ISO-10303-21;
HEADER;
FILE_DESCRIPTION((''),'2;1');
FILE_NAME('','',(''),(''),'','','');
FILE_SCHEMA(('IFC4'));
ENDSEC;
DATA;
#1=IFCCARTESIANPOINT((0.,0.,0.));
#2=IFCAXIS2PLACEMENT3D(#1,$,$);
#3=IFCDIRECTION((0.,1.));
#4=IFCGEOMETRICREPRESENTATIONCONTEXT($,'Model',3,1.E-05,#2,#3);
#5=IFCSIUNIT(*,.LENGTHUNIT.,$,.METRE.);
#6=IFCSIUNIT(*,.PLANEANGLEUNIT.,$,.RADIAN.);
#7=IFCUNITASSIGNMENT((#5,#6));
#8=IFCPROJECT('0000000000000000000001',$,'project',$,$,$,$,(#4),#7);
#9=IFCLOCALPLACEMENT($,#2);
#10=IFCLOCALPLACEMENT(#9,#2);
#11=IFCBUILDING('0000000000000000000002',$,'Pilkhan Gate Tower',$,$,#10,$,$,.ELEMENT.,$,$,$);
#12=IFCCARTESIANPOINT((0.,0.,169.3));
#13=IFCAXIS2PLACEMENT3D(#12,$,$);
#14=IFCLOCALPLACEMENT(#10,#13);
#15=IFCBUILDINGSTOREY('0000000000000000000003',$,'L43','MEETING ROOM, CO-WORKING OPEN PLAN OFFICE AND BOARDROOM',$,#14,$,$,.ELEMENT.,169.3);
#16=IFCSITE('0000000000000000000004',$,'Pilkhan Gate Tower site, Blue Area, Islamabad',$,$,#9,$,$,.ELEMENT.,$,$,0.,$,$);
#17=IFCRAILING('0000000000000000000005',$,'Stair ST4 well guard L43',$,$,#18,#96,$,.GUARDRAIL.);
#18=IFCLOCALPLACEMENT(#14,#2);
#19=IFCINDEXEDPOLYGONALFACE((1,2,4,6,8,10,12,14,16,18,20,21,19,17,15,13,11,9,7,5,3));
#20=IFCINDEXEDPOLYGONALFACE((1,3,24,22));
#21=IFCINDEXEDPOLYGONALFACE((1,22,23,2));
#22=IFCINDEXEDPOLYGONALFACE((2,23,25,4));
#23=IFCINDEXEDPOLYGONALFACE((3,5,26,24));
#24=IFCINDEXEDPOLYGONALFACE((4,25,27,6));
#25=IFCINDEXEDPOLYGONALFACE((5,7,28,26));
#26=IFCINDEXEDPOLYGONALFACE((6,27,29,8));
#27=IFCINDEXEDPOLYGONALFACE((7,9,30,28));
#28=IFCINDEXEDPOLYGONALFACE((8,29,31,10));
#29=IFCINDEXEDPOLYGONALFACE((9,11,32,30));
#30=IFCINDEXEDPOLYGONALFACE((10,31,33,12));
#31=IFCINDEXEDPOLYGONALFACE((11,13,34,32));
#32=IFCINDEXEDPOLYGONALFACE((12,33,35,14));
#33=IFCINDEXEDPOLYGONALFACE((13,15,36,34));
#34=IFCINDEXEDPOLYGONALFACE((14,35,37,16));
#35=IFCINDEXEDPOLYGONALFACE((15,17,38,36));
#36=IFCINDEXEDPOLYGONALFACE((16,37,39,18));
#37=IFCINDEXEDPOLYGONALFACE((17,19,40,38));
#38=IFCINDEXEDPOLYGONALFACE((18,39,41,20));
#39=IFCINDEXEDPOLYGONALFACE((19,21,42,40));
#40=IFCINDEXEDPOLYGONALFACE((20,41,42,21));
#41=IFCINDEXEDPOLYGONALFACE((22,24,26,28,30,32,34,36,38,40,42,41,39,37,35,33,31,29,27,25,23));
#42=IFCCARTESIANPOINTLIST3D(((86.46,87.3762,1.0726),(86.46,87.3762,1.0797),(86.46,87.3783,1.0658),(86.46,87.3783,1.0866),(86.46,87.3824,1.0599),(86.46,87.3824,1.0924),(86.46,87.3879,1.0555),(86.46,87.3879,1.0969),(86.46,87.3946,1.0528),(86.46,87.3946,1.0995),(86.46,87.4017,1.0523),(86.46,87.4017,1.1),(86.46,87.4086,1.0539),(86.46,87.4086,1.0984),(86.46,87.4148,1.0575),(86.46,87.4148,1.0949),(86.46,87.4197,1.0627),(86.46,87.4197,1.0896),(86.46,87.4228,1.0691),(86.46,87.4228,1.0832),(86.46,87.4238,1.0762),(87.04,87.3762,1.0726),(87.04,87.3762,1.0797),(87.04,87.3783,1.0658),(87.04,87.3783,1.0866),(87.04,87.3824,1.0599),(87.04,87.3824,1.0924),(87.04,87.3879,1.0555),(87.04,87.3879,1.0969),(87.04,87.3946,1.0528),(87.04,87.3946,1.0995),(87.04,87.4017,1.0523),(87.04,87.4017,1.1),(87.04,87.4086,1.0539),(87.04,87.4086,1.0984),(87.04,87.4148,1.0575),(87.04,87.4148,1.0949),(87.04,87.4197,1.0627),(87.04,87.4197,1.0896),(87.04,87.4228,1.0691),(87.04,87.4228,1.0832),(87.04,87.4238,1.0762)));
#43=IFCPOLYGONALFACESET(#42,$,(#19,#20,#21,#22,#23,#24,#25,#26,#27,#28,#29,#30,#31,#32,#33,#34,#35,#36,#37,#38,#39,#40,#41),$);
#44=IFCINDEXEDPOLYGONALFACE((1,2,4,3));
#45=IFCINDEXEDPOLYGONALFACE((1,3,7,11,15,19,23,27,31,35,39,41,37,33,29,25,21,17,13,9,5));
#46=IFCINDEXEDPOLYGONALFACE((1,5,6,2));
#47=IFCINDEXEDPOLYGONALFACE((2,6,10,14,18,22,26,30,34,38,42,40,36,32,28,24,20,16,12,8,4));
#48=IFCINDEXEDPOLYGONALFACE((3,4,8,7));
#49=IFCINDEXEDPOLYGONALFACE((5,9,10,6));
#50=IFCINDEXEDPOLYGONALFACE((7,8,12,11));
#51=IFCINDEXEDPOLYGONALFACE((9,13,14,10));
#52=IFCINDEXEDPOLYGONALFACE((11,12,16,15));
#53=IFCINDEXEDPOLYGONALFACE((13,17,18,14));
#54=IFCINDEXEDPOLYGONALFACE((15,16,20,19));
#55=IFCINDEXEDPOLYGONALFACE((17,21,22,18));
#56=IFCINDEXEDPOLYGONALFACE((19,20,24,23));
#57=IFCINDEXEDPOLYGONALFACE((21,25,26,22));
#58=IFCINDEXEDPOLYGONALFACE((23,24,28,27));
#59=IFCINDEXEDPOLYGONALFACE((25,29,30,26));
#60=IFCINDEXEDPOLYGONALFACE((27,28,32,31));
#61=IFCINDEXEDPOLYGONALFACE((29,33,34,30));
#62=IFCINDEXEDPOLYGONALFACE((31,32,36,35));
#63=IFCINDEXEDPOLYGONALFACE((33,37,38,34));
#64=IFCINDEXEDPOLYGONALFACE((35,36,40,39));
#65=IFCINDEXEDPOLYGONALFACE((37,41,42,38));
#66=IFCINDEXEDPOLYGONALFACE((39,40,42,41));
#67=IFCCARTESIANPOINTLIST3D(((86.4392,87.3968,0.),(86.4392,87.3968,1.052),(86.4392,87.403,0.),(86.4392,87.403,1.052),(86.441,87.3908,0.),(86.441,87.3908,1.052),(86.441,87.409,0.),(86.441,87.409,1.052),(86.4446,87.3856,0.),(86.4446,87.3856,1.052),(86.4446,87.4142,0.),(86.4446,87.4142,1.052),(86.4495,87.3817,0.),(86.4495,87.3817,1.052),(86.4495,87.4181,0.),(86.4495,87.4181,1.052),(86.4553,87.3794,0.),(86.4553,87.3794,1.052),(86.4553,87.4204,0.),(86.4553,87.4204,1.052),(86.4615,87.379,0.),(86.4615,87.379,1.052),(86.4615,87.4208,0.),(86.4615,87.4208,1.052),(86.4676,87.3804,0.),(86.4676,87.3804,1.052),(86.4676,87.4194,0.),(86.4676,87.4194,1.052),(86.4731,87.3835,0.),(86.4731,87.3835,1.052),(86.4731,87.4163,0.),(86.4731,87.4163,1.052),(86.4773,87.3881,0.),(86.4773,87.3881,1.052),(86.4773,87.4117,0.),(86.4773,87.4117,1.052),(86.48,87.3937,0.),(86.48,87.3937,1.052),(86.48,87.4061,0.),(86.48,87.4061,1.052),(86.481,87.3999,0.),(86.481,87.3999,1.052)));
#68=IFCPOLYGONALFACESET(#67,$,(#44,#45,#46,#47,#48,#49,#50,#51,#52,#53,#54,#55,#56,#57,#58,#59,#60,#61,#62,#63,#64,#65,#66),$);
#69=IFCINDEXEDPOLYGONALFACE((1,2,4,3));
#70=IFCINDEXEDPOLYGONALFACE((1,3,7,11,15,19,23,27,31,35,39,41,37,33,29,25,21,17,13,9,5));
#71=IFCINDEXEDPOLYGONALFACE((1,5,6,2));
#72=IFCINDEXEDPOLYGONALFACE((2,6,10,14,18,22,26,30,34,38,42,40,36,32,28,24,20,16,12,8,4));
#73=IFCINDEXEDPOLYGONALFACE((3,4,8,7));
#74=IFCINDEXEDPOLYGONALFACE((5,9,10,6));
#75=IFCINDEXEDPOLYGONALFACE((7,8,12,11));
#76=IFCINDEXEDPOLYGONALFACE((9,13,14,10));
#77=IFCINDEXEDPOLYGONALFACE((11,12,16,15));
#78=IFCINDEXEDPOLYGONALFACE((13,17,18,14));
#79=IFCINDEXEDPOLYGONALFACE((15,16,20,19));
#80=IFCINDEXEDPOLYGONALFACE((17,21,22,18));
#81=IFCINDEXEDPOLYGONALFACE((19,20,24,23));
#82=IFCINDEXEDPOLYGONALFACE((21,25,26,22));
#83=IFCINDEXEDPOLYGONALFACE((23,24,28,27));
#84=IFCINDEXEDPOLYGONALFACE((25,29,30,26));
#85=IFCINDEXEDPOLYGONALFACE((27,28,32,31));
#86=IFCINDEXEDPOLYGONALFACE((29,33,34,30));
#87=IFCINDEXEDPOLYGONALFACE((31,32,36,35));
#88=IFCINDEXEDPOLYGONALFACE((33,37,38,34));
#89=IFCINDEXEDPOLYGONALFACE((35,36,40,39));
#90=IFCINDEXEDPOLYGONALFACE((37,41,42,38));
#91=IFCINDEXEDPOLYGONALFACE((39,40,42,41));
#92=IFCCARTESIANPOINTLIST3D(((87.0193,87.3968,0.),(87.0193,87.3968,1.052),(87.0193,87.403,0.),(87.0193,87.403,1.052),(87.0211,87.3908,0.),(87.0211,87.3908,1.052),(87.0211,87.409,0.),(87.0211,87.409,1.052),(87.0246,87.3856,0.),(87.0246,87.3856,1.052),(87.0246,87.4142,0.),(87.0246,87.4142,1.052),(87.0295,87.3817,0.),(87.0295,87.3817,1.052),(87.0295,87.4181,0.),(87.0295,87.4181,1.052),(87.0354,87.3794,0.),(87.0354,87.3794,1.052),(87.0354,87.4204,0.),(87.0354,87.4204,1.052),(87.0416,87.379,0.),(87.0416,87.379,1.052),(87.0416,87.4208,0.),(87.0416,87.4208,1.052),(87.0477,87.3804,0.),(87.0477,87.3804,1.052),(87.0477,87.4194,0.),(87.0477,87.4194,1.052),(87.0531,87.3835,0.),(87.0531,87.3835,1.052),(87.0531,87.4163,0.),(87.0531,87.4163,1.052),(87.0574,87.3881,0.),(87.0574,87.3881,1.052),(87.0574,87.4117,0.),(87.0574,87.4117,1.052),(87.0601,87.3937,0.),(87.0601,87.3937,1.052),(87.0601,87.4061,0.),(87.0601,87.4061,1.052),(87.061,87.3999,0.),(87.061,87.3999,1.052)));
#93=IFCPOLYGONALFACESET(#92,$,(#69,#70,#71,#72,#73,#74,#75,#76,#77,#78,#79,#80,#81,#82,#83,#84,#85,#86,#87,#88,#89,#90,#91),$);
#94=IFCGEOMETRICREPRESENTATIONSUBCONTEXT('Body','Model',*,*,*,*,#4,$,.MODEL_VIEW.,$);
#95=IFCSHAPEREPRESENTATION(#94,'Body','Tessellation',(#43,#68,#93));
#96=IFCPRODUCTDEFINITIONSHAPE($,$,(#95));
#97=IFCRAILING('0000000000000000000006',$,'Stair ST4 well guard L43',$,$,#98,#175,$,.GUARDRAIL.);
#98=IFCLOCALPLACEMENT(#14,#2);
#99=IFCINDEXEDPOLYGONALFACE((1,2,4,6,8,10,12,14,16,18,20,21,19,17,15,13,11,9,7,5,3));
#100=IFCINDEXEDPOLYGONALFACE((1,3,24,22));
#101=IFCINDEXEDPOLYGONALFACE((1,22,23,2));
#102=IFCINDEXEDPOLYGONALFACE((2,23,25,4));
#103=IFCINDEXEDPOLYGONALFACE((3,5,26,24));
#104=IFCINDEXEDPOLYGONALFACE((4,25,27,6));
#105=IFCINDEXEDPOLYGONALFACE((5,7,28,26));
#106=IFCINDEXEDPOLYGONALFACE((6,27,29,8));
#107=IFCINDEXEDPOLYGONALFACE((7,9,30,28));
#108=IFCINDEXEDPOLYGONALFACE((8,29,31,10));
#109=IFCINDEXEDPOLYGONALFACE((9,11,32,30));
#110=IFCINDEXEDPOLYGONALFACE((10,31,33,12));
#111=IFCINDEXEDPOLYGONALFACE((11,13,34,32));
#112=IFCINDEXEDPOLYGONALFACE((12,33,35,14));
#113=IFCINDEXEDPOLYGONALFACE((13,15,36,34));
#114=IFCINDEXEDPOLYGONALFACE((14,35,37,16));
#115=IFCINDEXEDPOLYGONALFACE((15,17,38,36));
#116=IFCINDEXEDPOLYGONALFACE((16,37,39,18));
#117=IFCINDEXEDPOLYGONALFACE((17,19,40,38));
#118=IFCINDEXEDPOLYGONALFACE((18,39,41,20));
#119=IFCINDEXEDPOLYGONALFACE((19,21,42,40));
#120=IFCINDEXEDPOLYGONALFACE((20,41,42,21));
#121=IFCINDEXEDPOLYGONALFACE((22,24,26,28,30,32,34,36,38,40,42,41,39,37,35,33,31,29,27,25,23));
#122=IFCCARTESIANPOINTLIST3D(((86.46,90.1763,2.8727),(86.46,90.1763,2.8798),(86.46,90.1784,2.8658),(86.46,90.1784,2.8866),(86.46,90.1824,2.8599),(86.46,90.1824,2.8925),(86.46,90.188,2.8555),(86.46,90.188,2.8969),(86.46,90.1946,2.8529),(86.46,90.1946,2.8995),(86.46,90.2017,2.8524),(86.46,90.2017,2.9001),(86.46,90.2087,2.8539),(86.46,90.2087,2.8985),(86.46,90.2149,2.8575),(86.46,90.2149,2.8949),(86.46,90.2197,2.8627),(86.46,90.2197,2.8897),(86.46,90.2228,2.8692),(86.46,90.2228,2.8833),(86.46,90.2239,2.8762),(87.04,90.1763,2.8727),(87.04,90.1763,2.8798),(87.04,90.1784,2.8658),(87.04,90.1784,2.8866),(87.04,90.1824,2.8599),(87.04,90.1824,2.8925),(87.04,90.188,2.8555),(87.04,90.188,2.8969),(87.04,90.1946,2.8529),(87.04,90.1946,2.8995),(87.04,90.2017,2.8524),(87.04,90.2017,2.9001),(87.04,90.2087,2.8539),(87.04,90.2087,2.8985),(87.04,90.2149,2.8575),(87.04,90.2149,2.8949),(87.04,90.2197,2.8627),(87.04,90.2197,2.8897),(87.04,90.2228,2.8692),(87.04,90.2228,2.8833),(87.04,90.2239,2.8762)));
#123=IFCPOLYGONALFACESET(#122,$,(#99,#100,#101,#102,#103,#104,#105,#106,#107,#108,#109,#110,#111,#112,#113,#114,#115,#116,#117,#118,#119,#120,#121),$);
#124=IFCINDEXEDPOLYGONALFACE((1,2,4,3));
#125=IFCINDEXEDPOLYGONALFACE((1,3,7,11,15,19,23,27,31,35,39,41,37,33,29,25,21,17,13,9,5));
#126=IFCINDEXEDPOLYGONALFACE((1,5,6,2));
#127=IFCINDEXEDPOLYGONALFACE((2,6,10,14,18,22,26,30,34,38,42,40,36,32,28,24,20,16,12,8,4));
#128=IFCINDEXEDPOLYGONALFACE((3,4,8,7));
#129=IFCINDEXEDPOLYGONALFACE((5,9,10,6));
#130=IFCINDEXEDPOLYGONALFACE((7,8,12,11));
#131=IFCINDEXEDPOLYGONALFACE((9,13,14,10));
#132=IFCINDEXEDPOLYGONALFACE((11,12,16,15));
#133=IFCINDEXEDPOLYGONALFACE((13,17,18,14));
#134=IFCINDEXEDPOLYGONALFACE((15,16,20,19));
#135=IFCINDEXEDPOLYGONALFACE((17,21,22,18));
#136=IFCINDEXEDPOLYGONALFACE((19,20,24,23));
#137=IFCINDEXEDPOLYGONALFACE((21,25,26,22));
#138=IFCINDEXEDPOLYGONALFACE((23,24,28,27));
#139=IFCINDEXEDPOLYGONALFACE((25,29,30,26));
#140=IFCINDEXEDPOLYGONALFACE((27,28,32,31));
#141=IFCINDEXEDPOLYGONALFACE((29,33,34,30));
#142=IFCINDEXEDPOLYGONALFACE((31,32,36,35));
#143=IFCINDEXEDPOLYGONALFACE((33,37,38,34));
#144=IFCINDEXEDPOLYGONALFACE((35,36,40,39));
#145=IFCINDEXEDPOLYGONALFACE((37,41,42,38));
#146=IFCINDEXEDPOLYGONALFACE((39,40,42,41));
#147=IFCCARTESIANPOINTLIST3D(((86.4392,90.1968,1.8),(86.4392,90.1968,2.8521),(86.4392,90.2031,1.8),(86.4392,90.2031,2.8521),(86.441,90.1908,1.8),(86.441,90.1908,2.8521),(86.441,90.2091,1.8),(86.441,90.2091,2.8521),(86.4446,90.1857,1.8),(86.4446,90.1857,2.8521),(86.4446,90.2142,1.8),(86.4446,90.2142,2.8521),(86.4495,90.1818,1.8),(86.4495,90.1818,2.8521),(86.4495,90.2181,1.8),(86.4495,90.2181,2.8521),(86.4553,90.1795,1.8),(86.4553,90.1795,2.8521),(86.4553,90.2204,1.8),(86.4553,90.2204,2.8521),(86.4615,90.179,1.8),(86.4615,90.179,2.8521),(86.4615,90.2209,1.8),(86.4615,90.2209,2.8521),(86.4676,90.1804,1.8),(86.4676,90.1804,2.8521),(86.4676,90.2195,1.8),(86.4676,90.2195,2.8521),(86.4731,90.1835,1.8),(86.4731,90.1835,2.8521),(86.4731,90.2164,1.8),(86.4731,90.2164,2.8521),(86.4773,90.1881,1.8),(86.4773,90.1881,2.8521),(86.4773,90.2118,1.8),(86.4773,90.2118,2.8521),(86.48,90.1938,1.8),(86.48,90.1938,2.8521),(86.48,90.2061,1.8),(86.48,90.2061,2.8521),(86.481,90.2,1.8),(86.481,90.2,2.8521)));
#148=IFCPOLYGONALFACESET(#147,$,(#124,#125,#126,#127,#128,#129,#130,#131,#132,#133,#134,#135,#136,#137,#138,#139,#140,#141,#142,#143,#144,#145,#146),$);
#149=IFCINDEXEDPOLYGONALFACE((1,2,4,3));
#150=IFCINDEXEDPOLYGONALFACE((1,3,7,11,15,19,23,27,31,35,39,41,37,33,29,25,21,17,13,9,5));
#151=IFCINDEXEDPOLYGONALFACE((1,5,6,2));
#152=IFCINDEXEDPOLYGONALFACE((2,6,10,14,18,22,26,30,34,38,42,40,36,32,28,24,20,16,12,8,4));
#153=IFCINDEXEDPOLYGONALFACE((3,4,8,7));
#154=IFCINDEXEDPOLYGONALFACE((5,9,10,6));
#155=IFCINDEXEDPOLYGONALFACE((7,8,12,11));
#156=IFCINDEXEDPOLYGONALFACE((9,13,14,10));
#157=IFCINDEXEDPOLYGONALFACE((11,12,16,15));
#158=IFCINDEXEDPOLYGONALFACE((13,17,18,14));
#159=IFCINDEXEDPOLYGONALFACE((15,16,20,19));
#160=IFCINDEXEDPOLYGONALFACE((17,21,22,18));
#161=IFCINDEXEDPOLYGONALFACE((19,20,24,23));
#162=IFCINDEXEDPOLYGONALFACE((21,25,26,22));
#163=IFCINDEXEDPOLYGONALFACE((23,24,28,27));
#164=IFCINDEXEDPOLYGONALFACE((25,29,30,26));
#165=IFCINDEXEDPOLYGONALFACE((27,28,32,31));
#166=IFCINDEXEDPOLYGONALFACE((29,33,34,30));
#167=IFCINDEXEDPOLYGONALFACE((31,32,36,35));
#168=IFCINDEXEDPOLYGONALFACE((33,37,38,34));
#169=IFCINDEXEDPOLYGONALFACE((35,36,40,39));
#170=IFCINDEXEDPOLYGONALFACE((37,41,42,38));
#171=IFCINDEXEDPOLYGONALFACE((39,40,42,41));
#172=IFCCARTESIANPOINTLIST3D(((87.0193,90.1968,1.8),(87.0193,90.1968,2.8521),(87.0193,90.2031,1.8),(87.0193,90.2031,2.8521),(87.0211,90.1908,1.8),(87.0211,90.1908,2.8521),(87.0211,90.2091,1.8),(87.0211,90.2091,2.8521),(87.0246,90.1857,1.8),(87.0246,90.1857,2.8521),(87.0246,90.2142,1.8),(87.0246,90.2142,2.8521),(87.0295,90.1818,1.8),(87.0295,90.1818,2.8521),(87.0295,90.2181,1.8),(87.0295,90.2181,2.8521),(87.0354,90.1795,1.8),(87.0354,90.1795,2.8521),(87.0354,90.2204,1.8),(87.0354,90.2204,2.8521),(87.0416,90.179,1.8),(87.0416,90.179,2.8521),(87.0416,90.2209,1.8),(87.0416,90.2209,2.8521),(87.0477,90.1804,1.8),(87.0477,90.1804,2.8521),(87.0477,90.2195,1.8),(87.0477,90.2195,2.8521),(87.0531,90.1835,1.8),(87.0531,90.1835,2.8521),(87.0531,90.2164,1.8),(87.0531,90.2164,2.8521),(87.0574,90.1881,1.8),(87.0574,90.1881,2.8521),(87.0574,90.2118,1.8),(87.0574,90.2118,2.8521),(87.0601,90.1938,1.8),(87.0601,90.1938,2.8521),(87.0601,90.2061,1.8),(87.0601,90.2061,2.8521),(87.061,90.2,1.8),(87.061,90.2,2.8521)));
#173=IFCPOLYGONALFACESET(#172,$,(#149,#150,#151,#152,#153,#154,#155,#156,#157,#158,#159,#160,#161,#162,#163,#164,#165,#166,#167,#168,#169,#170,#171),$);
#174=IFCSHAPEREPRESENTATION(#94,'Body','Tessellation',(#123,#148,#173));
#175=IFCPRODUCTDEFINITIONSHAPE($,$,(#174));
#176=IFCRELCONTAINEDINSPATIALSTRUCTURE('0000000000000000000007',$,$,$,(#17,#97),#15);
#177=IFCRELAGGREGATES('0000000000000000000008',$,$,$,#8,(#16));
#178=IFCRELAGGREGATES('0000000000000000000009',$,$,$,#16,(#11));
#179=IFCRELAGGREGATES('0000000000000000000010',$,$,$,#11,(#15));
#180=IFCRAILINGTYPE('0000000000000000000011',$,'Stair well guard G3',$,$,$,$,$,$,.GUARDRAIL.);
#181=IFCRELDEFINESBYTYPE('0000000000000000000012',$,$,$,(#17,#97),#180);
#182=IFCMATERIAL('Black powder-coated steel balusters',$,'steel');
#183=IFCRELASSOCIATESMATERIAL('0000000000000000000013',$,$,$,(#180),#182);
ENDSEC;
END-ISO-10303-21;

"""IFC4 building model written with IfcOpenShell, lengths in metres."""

from ifc_helpers import new_model, si_unit, direction, frame, origin, origin_2d, place, context, subcontext, project, spatial, circle, extrude, material, type_object, element, save


model = new_model("IFC4")

# Units and contexts
model_context = context("Model", 3, precision=1e-05, world=origin(), true_north=direction((0.0, 1.0)))
body_context = subcontext(model_context, "Body", "Model", "MODEL_VIEW")
ifc_project = project(units=[si_unit("LENGTHUNIT", "METRE"), si_unit("PLANEANGLEUNIT", "RADIAN")], contexts=[model_context])

# Site, building, storey
site_placement = place(None, origin())
site = spatial("IfcSite", under=ifc_project, at=site_placement, Name="Pilkhan Gate Tower site, Blue Area, Islamabad", CompositionType="ELEMENT", RefElevation=0.0)
building_placement = place(site_placement, origin())
building = spatial("IfcBuilding", under=site, at=building_placement, Name="Pilkhan Gate Tower", CompositionType="ELEMENT")
storey_placement = place(building_placement, frame((0.0, 0.0, 169.3)))
storey = spatial("IfcBuildingStorey", under=building, at=storey_placement, Name="L43", Description="MEETING ROOM, CO-WORKING OPEN PLAN OFFICE AND BOARDROOM", CompositionType="ELEMENT", Elevation=169.3)

# Railings
ifc_material_1 = material(Name="Black powder-coated steel balusters", Category="steel")
railing_type_1 = type_object("IfcRailingType", Name="Stair well guard G3", PredefinedType="GUARDRAIL", material=ifc_material_1)
for number, where, name in (
    (1, (86.46, 87.3999, 0.0), "Stair ST4 well guard L43"),
    (2, (86.46, 90.2, 1.8), "Stair ST4 well guard L43"),
):
    element("IfcRailing", number, at=place(storey_placement, frame(where)), inside=storey, type_object=railing_type_1, Name=name, PredefinedType="GUARDRAIL", context=body_context, shape_type="SweptSolid", body=[
        extrude(circle(Radius=0.0239, at=origin_2d()), frame((0.0, 0.0, 1.0762), z_axis=(1.0, 0.0, 0.0), x_axis=(0.0, 1.0, 0.0)), (0.0, 0.0, 1.0), 0.5801),
        extrude(circle(Radius=0.021, at=origin_2d()), origin(), (0.0, 0.0, 1.0), 1.052),
        extrude(circle(Radius=0.021, at=origin_2d()), frame((0.5801, 0.0, 0.0)), (0.0, 0.0, 1.0), 1.052),
    ])

save(model, "model.ifc")
